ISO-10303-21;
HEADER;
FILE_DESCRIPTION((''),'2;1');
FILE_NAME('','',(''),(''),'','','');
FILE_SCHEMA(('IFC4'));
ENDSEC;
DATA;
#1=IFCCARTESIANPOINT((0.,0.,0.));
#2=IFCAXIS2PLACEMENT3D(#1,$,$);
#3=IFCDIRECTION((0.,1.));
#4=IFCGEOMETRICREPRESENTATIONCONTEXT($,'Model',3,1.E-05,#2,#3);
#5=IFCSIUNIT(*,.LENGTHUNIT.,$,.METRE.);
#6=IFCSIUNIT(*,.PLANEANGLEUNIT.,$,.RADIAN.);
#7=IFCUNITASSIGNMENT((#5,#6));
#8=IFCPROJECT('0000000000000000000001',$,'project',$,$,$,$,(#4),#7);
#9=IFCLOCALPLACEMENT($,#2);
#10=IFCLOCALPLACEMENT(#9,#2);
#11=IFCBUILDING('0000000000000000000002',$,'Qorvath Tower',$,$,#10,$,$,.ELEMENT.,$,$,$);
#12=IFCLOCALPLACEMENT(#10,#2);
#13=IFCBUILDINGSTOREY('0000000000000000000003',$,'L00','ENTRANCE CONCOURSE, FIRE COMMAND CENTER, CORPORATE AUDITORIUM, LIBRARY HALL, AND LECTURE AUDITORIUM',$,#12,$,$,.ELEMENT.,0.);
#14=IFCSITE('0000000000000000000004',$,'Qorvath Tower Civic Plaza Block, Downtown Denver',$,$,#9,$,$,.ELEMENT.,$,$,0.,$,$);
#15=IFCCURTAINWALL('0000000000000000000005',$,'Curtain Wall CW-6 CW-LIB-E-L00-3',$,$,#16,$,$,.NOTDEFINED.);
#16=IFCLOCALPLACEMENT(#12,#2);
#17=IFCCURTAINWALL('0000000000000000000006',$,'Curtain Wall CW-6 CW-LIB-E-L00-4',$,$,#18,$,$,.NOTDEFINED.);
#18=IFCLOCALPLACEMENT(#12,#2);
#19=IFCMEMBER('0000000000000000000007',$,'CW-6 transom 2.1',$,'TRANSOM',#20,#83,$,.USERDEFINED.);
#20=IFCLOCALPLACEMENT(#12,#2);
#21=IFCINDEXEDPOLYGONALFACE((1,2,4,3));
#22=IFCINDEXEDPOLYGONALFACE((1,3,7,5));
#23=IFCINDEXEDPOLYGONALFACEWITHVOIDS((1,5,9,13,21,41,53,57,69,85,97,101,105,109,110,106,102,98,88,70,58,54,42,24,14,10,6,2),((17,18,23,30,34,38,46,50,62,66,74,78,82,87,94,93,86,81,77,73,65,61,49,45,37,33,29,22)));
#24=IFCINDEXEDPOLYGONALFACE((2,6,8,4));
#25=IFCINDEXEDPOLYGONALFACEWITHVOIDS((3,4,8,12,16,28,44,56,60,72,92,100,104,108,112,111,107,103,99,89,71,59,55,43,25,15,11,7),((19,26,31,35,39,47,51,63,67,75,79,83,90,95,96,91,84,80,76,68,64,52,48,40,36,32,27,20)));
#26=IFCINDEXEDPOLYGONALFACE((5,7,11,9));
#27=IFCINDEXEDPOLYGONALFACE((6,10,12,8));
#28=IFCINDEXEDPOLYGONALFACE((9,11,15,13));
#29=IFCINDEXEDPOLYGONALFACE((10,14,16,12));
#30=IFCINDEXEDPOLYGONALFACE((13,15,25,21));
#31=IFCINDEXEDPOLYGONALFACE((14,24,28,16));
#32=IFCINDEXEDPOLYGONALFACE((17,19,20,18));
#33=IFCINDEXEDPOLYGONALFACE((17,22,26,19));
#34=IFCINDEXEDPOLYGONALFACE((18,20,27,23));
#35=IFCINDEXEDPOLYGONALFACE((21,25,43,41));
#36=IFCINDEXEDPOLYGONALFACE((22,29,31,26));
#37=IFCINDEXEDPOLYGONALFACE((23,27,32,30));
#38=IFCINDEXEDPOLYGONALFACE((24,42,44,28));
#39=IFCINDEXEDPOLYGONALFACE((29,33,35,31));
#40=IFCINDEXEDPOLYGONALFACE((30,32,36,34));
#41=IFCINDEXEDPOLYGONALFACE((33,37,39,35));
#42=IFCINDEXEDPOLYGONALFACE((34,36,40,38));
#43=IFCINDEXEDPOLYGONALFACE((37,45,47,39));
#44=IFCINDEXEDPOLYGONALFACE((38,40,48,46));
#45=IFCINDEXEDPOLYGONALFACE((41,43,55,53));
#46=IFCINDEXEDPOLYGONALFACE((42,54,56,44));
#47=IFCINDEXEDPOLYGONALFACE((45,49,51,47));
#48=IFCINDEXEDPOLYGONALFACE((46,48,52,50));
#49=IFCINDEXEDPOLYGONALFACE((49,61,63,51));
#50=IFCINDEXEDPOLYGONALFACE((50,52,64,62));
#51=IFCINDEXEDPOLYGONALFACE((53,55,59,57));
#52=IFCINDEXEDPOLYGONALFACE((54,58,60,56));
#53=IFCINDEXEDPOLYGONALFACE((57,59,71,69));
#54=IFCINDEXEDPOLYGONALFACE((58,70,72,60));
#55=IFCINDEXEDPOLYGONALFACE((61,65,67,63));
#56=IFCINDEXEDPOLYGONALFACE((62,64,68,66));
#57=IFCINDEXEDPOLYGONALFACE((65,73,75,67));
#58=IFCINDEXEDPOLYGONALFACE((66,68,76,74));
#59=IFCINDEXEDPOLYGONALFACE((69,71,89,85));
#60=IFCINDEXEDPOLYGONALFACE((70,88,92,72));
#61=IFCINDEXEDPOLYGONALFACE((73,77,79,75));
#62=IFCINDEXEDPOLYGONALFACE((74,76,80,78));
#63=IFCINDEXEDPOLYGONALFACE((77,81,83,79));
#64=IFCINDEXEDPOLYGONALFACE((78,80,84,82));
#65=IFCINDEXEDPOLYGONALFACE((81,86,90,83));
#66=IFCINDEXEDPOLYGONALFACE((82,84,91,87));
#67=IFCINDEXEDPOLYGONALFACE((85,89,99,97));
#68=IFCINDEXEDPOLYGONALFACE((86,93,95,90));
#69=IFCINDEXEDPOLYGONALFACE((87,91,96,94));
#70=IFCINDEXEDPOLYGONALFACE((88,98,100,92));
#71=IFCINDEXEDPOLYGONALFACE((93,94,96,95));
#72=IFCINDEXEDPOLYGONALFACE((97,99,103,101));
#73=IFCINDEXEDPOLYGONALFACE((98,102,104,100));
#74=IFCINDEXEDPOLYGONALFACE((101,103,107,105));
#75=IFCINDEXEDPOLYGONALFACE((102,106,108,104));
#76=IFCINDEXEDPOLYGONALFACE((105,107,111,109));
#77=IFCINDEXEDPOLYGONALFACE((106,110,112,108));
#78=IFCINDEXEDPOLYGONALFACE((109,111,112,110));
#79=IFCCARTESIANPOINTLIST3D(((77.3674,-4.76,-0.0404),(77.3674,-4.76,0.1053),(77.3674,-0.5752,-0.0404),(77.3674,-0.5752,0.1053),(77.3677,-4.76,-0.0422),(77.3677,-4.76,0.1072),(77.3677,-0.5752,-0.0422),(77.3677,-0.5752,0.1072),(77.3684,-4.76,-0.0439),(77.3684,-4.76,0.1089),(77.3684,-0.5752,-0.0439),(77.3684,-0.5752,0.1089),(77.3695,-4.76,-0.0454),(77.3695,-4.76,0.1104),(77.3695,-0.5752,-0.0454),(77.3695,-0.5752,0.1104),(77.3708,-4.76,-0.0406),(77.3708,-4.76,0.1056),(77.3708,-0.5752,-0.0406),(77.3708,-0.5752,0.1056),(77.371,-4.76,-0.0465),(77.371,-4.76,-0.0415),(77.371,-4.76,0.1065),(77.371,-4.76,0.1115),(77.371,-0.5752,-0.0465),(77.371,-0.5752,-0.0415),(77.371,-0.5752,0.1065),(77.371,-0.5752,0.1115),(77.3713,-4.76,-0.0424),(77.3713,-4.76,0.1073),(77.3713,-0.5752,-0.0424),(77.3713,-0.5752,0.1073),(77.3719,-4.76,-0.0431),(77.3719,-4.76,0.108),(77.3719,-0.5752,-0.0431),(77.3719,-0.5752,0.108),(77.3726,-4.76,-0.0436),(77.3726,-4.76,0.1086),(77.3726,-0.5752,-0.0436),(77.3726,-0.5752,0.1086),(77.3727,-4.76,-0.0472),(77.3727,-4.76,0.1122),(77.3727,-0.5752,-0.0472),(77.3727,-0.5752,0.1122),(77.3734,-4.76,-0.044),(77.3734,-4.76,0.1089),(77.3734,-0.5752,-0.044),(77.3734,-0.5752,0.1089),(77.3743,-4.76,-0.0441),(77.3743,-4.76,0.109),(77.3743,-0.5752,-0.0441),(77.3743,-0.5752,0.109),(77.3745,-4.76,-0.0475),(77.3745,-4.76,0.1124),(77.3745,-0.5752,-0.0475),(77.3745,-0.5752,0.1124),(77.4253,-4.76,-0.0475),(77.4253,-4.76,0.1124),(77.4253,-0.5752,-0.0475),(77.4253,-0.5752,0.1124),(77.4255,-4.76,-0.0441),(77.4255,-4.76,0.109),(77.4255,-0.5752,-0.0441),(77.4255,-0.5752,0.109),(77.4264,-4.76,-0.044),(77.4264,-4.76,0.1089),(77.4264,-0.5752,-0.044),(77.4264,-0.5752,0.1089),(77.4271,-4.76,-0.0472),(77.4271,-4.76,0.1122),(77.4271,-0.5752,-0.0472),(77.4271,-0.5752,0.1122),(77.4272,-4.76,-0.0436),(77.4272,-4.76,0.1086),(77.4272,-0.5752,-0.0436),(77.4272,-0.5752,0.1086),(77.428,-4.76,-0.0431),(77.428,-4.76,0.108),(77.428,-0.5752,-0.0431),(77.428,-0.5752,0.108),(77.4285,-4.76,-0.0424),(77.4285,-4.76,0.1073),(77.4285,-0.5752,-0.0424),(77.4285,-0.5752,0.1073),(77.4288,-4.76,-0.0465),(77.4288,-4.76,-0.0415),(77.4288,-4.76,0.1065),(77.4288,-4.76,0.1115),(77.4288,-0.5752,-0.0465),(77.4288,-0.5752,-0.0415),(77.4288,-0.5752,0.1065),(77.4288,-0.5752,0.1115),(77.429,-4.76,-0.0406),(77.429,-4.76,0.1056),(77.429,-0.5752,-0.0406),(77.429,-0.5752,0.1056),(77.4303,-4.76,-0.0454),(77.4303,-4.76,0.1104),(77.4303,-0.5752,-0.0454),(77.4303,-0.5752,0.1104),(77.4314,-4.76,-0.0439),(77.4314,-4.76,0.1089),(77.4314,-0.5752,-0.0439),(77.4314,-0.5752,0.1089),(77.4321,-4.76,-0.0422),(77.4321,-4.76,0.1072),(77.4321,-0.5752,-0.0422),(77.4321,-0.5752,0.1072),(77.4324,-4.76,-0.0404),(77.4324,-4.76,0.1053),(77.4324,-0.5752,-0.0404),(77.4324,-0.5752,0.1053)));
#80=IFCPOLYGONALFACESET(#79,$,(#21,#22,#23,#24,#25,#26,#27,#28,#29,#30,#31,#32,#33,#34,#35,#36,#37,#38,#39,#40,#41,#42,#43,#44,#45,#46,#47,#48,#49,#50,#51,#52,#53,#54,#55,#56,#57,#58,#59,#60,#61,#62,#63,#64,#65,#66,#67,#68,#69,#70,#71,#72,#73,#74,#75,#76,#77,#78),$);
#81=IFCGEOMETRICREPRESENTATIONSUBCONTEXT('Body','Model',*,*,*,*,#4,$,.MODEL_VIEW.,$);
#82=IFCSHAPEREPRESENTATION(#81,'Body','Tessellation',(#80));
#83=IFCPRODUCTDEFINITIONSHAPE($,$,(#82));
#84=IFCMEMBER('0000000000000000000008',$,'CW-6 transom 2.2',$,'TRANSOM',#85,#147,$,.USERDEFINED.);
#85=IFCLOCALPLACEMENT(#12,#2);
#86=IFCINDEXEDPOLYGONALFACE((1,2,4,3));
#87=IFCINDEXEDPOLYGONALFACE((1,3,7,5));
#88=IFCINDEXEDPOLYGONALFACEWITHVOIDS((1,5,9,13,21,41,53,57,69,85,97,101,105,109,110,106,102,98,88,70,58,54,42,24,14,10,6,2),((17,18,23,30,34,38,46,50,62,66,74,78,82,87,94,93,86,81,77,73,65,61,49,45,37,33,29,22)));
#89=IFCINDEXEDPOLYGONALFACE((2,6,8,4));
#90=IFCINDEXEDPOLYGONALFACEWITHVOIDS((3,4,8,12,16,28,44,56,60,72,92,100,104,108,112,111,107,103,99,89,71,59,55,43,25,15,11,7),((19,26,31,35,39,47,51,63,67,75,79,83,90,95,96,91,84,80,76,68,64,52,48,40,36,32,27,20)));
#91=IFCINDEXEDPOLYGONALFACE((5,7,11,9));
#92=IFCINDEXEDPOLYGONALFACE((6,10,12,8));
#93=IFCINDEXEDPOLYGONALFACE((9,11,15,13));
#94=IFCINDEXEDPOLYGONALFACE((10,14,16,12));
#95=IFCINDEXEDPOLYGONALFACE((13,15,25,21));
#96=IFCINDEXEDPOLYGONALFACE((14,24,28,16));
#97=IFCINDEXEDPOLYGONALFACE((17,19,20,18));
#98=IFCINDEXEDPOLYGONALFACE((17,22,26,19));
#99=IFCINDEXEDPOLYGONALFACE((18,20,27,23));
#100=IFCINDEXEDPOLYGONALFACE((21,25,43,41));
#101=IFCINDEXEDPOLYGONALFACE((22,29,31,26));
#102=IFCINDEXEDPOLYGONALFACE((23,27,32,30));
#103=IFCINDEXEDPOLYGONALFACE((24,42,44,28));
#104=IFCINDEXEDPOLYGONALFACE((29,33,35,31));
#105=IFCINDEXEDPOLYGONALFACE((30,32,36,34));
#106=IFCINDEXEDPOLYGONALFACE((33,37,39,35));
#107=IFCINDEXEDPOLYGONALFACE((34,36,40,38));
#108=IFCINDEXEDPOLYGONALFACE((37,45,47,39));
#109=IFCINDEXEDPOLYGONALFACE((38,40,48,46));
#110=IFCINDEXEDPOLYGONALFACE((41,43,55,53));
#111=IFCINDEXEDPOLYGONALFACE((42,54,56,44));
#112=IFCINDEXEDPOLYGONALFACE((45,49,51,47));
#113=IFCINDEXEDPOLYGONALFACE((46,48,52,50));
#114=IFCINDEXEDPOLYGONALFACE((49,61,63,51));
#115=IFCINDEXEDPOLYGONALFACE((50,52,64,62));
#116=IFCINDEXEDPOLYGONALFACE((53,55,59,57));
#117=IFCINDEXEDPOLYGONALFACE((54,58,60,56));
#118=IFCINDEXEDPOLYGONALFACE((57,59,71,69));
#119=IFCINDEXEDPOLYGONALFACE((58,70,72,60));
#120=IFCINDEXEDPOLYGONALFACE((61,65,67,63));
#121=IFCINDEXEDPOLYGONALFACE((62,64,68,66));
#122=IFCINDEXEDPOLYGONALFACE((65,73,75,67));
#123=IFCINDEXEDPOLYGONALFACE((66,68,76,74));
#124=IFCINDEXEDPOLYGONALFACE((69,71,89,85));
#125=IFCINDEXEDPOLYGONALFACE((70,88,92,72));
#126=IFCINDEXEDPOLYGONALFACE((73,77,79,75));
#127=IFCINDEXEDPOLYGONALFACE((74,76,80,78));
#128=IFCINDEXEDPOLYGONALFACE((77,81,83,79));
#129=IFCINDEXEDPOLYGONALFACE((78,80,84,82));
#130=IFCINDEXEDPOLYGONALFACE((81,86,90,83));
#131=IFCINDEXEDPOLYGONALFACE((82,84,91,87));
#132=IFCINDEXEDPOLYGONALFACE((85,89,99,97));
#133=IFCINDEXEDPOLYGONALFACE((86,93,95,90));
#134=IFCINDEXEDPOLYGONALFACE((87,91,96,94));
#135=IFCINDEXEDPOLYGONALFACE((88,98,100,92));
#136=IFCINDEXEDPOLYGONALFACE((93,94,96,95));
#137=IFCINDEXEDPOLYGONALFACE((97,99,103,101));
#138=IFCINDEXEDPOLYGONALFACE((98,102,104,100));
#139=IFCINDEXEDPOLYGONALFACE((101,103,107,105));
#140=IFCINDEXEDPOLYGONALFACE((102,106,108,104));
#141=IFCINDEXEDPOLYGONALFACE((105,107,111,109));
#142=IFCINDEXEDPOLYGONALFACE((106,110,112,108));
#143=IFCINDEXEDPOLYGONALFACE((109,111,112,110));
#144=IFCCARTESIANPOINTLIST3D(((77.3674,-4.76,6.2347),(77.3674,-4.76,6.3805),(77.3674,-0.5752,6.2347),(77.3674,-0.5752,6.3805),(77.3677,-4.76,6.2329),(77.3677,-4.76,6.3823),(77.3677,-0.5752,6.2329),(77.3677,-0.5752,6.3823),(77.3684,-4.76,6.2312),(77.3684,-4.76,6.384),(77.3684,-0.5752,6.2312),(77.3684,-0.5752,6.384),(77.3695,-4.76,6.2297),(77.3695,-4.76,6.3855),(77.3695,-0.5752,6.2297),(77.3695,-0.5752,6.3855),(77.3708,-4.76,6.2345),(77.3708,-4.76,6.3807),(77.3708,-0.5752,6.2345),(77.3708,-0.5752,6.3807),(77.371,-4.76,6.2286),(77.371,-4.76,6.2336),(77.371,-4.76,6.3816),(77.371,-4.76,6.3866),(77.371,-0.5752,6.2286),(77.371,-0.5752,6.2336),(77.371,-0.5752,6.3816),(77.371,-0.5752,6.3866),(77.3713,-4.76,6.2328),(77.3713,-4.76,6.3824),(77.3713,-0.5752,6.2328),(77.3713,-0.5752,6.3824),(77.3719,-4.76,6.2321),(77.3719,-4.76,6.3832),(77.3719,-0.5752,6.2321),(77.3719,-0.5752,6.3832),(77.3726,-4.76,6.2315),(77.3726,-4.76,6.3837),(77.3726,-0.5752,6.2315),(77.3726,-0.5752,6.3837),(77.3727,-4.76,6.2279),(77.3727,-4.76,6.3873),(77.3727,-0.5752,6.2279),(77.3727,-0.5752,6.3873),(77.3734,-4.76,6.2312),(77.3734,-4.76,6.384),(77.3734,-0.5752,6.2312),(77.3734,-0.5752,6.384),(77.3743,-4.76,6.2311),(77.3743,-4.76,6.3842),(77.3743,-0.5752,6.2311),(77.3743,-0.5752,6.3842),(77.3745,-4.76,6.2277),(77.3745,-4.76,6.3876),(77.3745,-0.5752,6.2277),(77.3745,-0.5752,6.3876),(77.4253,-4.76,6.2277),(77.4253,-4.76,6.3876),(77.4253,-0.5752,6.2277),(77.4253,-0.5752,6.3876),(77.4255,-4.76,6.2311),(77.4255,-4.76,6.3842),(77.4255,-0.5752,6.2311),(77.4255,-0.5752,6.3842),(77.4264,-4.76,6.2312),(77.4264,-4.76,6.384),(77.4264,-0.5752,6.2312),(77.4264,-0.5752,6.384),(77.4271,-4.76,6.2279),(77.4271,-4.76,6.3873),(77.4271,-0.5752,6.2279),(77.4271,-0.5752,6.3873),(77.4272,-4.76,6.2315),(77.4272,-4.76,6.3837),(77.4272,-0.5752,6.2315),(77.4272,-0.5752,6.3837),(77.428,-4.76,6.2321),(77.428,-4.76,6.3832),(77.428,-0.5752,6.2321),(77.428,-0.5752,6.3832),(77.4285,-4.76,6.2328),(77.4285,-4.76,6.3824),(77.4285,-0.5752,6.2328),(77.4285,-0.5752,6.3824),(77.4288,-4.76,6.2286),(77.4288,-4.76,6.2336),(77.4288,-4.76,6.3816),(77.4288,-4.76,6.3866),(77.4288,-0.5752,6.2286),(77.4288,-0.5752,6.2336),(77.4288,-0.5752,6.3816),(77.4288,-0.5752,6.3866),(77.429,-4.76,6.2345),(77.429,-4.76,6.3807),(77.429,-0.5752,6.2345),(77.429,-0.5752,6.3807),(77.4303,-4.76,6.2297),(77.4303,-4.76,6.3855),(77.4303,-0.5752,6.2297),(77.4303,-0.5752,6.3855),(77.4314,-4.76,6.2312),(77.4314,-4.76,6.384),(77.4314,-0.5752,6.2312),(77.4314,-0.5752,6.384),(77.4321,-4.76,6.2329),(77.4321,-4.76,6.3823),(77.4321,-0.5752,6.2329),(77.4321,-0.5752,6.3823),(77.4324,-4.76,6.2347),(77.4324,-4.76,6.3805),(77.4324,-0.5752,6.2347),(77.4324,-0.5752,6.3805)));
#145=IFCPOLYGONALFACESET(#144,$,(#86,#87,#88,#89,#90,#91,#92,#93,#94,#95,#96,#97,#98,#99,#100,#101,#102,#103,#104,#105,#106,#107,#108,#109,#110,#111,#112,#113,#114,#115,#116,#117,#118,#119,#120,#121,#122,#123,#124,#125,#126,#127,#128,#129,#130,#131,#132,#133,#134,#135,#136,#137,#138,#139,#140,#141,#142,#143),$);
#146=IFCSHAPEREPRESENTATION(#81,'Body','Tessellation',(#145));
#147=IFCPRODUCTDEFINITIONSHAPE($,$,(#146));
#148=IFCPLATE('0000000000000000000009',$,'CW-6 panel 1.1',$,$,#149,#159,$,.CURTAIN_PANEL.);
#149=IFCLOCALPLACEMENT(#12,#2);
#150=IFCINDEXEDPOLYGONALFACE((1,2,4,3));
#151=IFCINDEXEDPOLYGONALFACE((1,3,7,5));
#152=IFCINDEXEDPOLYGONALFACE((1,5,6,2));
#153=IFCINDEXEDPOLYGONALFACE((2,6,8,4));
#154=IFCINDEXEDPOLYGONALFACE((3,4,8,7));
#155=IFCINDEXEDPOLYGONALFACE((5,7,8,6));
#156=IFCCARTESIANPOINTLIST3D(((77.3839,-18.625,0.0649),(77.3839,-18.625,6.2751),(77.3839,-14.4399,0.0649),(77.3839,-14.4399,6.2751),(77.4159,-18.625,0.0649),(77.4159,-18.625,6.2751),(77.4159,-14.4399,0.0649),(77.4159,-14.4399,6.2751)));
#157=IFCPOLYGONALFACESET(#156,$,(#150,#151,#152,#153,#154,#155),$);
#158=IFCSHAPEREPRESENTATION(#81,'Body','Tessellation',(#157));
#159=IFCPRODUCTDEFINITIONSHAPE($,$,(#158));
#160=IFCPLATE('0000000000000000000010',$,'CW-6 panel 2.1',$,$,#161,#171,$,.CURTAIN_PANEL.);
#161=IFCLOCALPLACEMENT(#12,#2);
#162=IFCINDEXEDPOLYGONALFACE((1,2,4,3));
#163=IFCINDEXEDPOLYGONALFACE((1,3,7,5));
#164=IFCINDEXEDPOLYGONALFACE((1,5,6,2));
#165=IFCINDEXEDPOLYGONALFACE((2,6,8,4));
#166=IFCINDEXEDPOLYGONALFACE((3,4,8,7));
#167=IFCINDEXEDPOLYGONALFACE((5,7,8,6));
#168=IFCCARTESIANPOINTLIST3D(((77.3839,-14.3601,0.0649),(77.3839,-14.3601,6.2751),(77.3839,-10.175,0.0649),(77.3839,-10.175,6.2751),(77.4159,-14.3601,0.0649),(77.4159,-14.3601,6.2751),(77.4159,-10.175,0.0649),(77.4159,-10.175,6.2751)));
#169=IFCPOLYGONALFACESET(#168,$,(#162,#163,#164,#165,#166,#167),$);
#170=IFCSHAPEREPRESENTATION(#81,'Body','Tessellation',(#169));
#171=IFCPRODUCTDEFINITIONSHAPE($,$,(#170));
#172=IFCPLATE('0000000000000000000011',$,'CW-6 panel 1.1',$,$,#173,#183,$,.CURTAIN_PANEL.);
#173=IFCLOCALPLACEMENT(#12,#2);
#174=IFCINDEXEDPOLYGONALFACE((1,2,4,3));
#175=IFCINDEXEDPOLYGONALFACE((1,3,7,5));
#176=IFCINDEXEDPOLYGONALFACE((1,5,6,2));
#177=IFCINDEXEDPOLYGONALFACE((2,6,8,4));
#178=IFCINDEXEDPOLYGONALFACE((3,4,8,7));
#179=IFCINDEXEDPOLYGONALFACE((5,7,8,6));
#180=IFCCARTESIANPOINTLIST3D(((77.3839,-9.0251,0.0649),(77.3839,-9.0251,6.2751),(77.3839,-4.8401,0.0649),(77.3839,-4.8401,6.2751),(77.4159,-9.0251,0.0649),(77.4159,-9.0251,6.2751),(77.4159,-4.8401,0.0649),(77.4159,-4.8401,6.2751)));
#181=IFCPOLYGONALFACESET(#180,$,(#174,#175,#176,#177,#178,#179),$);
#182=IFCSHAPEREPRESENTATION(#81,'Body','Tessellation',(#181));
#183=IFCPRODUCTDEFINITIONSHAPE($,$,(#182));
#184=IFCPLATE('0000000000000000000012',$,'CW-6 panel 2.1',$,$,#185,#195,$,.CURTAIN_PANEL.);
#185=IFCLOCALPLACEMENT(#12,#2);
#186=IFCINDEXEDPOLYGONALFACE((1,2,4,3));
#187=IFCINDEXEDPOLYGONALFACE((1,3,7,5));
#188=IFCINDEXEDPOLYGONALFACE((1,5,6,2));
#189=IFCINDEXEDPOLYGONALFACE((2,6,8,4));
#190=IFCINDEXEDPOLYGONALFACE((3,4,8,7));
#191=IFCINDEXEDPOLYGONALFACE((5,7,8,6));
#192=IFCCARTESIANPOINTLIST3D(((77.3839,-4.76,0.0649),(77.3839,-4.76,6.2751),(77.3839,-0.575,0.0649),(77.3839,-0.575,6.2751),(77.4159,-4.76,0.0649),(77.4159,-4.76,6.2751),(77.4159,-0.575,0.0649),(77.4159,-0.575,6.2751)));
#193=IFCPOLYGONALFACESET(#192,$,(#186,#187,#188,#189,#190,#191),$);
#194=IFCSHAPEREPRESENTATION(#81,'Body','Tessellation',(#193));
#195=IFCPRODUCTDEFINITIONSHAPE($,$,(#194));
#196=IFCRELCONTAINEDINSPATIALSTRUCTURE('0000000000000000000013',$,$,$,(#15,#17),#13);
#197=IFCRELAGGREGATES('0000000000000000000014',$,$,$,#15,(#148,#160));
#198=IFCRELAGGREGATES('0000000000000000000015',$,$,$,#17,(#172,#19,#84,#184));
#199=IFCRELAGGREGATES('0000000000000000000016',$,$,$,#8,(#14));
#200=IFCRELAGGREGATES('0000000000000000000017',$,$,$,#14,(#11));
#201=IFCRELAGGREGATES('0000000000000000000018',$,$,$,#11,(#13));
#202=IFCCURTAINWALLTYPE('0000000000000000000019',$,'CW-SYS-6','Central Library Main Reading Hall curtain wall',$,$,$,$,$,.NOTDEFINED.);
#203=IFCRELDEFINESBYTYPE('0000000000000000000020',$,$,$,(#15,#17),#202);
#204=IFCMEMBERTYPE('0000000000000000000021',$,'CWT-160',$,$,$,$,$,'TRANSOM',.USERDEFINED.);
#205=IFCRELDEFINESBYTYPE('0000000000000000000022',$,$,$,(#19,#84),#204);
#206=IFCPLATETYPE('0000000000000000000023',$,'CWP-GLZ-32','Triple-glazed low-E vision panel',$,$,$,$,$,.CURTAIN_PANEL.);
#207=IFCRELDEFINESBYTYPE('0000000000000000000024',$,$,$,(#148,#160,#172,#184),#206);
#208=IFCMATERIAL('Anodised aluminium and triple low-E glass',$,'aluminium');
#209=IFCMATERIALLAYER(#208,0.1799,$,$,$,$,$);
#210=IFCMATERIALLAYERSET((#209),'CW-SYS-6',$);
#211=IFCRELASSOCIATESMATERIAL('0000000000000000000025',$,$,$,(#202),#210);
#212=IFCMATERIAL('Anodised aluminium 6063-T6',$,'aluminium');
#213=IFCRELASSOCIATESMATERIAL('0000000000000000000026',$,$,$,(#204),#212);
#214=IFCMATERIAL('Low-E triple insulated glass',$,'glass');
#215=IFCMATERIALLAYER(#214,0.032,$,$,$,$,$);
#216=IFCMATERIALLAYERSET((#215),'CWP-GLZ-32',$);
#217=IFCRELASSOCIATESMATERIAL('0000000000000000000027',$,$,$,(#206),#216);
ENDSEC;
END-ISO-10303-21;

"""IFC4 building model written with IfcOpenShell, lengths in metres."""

from ifc_helpers import new_model, si_unit, direction, frame, origin, origin_2d, place, context, subcontext, project, spatial, rectangle, hollow_rectangle, extrude, material, layer, layer_set, material_profile, profile_set, type_object, element, aggregate, save


model = new_model("IFC4")

# Units and contexts
model_context = context("Model", 3, precision=1e-05, world=origin(), true_north=direction((0.0, 1.0)))
body_context = subcontext(model_context, "Body", "Model", "MODEL_VIEW")
ifc_project = project(units=[si_unit("LENGTHUNIT", "METRE"), si_unit("PLANEANGLEUNIT", "RADIAN")], contexts=[model_context])

# Site, building, storey
site_placement = place(None, origin())
site = spatial("IfcSite", under=ifc_project, at=site_placement, Name="Qorvath Tower Civic Plaza Block, Downtown Denver", CompositionType="ELEMENT", RefElevation=0.0)
building_placement = place(site_placement, origin())
building = spatial("IfcBuilding", under=site, at=building_placement, Name="Qorvath Tower", CompositionType="ELEMENT")
storey_placement = place(building_placement, origin())
storey = spatial("IfcBuildingStorey", under=building, at=storey_placement, Name="L00", Description="ENTRANCE CONCOURSE, FIRE COMMAND CENTER, CORPORATE AUDITORIUM, LIBRARY HALL, AND LECTURE AUDITORIUM", CompositionType="ELEMENT", Elevation=0.0)

# Curtain walls
ifc_material_1 = material(Name="Anodised aluminium and triple low-E glass", Category="aluminium")
ifc_layer_1 = layer(ifc_material_1, 0.1799)
ifc_layer_set_1 = layer_set([ifc_layer_1], Name="CW-SYS-6")
curtain_wall_type = type_object("IfcCurtainWallType", Name="CW-SYS-6", Description="Central Library Main Reading Hall curtain wall", PredefinedType="NOTDEFINED", material=ifc_layer_set_1)
curtain_wall_1_placement = place(storey_placement, origin())
curtain_wall_1 = element("IfcCurtainWall", 1, at=curtain_wall_1_placement, inside=storey, type_object=curtain_wall_type, Name="Curtain Wall CW-6 CW-LIB-E-L00-3", PredefinedType="NOTDEFINED")
curtain_wall_2_placement = place(storey_placement, origin())
curtain_wall_2 = element("IfcCurtainWall", 2, at=curtain_wall_2_placement, inside=storey, type_object=curtain_wall_type, Name="Curtain Wall CW-6 CW-LIB-E-L00-4", PredefinedType="NOTDEFINED")

# Members
ifc_material_2 = material(Name="Anodised aluminium 6063-T6", Category="aluminium")
ifc_material_profile_1 = material_profile(ifc_material_2, hollow_rectangle(XDim=0.0649, YDim=0.1599, WallThickness=0.0034, InnerFilletRadius=0.0034, OuterFilletRadius=0.0071, at=origin_2d()), Name="CWT 160x65")
ifc_profile_set_1 = profile_set([ifc_material_profile_1], Name="Anodised aluminium 6063-T6")
member_type_1 = type_object("IfcMemberType", Name="CWT-160", ElementType="TRANSOM", PredefinedType="USERDEFINED", material=ifc_profile_set_1)
member_1_placement = place(storey_placement, frame((77.3999, -4.76, 0.0325), z_axis=(0.0, 1.0, 0.0), x_axis=(-1.0, 0.0, 0.0)))
member_1 = element("IfcMember", 3, at=member_1_placement, type_object=member_type_1, Name="CW-6 transom 2.1", ObjectType="TRANSOM", PredefinedType="USERDEFINED", context=body_context, shape_type="SweptSolid", body=[
    extrude(hollow_rectangle(XDim=0.0649, YDim=0.1599, WallThickness=0.0034, InnerFilletRadius=0.0034, OuterFilletRadius=0.0071, at=origin_2d()), origin(), (0.0, 0.0, 1.0), 4.1848),
])
member_2_placement = place(storey_placement, frame((77.3999, -4.76, 6.3076), z_axis=(0.0, 1.0, 0.0), x_axis=(-1.0, 0.0, 0.0)))
member_2 = element("IfcMember", 4, at=member_2_placement, type_object=member_type_1, Name="CW-6 transom 2.2", ObjectType="TRANSOM", PredefinedType="USERDEFINED", context=body_context, shape_type="SweptSolid", body=[
    extrude(hollow_rectangle(XDim=0.0649, YDim=0.1599, WallThickness=0.0034, InnerFilletRadius=0.0034, OuterFilletRadius=0.0071, at=origin_2d()), origin(), (0.0, 0.0, 1.0), 4.1848),
])

# Plates
ifc_material_3 = material(Name="Low-E triple insulated glass", Category="glass")
ifc_layer_2 = layer(ifc_material_3, 0.032)
ifc_layer_set_2 = layer_set([ifc_layer_2], Name="CWP-GLZ-32")
plate_type = type_object("IfcPlateType", Name="CWP-GLZ-32", Description="Triple-glazed low-E vision panel", PredefinedType="CURTAIN_PANEL", material=ifc_layer_set_2)
plate_1_placement = place(storey_placement, frame((77.3999, -16.5325, 0.0649), z_axis=(0.0, 0.0, 1.0), x_axis=(0.0, 1.0, 0.0)))
plate_1 = element("IfcPlate", 5, at=plate_1_placement, type_object=plate_type, Name="CW-6 panel 1.1", PredefinedType="CURTAIN_PANEL", context=body_context, shape_type="SweptSolid", body=[
    extrude(rectangle(XDim=4.1851, YDim=0.032, at=origin_2d()), origin(), (0.0, 0.0, 1.0), 6.2102),
])
plate_2_placement = place(storey_placement, frame((77.3999, -12.2676, 0.0649), z_axis=(0.0, 0.0, 1.0), x_axis=(0.0, 1.0, 0.0)))
plate_2 = element("IfcPlate", 6, at=plate_2_placement, type_object=plate_type, Name="CW-6 panel 2.1", PredefinedType="CURTAIN_PANEL", context=body_context, shape_type="SweptSolid", body=[
    extrude(rectangle(XDim=4.1851, YDim=0.032, at=origin_2d()), origin(), (0.0, 0.0, 1.0), 6.2102),
])
aggregate(curtain_wall_1, [plate_1, plate_2])
plate_3_placement = place(storey_placement, frame((77.3999, -6.9326, 0.0649), z_axis=(0.0, 0.0, 1.0), x_axis=(0.0, 1.0, 0.0)))
plate_3 = element("IfcPlate", 7, at=plate_3_placement, type_object=plate_type, Name="CW-6 panel 1.1", PredefinedType="CURTAIN_PANEL", context=body_context, shape_type="SweptSolid", body=[
    extrude(rectangle(XDim=4.1851, YDim=0.032, at=origin_2d()), origin(), (0.0, 0.0, 1.0), 6.2102),
])
plate_4_placement = place(storey_placement, frame((77.3999, -2.6675, 0.0649), z_axis=(0.0, 0.0, 1.0), x_axis=(0.0, 1.0, 0.0)))
plate_4 = element("IfcPlate", 8, at=plate_4_placement, type_object=plate_type, Name="CW-6 panel 2.1", PredefinedType="CURTAIN_PANEL", context=body_context, shape_type="SweptSolid", body=[
    extrude(rectangle(XDim=4.1851, YDim=0.032, at=origin_2d()), origin(), (0.0, 0.0, 1.0), 6.2102),
])
aggregate(curtain_wall_2, [plate_3, member_1, member_2, plate_4])

save(model, "model.ifc")
